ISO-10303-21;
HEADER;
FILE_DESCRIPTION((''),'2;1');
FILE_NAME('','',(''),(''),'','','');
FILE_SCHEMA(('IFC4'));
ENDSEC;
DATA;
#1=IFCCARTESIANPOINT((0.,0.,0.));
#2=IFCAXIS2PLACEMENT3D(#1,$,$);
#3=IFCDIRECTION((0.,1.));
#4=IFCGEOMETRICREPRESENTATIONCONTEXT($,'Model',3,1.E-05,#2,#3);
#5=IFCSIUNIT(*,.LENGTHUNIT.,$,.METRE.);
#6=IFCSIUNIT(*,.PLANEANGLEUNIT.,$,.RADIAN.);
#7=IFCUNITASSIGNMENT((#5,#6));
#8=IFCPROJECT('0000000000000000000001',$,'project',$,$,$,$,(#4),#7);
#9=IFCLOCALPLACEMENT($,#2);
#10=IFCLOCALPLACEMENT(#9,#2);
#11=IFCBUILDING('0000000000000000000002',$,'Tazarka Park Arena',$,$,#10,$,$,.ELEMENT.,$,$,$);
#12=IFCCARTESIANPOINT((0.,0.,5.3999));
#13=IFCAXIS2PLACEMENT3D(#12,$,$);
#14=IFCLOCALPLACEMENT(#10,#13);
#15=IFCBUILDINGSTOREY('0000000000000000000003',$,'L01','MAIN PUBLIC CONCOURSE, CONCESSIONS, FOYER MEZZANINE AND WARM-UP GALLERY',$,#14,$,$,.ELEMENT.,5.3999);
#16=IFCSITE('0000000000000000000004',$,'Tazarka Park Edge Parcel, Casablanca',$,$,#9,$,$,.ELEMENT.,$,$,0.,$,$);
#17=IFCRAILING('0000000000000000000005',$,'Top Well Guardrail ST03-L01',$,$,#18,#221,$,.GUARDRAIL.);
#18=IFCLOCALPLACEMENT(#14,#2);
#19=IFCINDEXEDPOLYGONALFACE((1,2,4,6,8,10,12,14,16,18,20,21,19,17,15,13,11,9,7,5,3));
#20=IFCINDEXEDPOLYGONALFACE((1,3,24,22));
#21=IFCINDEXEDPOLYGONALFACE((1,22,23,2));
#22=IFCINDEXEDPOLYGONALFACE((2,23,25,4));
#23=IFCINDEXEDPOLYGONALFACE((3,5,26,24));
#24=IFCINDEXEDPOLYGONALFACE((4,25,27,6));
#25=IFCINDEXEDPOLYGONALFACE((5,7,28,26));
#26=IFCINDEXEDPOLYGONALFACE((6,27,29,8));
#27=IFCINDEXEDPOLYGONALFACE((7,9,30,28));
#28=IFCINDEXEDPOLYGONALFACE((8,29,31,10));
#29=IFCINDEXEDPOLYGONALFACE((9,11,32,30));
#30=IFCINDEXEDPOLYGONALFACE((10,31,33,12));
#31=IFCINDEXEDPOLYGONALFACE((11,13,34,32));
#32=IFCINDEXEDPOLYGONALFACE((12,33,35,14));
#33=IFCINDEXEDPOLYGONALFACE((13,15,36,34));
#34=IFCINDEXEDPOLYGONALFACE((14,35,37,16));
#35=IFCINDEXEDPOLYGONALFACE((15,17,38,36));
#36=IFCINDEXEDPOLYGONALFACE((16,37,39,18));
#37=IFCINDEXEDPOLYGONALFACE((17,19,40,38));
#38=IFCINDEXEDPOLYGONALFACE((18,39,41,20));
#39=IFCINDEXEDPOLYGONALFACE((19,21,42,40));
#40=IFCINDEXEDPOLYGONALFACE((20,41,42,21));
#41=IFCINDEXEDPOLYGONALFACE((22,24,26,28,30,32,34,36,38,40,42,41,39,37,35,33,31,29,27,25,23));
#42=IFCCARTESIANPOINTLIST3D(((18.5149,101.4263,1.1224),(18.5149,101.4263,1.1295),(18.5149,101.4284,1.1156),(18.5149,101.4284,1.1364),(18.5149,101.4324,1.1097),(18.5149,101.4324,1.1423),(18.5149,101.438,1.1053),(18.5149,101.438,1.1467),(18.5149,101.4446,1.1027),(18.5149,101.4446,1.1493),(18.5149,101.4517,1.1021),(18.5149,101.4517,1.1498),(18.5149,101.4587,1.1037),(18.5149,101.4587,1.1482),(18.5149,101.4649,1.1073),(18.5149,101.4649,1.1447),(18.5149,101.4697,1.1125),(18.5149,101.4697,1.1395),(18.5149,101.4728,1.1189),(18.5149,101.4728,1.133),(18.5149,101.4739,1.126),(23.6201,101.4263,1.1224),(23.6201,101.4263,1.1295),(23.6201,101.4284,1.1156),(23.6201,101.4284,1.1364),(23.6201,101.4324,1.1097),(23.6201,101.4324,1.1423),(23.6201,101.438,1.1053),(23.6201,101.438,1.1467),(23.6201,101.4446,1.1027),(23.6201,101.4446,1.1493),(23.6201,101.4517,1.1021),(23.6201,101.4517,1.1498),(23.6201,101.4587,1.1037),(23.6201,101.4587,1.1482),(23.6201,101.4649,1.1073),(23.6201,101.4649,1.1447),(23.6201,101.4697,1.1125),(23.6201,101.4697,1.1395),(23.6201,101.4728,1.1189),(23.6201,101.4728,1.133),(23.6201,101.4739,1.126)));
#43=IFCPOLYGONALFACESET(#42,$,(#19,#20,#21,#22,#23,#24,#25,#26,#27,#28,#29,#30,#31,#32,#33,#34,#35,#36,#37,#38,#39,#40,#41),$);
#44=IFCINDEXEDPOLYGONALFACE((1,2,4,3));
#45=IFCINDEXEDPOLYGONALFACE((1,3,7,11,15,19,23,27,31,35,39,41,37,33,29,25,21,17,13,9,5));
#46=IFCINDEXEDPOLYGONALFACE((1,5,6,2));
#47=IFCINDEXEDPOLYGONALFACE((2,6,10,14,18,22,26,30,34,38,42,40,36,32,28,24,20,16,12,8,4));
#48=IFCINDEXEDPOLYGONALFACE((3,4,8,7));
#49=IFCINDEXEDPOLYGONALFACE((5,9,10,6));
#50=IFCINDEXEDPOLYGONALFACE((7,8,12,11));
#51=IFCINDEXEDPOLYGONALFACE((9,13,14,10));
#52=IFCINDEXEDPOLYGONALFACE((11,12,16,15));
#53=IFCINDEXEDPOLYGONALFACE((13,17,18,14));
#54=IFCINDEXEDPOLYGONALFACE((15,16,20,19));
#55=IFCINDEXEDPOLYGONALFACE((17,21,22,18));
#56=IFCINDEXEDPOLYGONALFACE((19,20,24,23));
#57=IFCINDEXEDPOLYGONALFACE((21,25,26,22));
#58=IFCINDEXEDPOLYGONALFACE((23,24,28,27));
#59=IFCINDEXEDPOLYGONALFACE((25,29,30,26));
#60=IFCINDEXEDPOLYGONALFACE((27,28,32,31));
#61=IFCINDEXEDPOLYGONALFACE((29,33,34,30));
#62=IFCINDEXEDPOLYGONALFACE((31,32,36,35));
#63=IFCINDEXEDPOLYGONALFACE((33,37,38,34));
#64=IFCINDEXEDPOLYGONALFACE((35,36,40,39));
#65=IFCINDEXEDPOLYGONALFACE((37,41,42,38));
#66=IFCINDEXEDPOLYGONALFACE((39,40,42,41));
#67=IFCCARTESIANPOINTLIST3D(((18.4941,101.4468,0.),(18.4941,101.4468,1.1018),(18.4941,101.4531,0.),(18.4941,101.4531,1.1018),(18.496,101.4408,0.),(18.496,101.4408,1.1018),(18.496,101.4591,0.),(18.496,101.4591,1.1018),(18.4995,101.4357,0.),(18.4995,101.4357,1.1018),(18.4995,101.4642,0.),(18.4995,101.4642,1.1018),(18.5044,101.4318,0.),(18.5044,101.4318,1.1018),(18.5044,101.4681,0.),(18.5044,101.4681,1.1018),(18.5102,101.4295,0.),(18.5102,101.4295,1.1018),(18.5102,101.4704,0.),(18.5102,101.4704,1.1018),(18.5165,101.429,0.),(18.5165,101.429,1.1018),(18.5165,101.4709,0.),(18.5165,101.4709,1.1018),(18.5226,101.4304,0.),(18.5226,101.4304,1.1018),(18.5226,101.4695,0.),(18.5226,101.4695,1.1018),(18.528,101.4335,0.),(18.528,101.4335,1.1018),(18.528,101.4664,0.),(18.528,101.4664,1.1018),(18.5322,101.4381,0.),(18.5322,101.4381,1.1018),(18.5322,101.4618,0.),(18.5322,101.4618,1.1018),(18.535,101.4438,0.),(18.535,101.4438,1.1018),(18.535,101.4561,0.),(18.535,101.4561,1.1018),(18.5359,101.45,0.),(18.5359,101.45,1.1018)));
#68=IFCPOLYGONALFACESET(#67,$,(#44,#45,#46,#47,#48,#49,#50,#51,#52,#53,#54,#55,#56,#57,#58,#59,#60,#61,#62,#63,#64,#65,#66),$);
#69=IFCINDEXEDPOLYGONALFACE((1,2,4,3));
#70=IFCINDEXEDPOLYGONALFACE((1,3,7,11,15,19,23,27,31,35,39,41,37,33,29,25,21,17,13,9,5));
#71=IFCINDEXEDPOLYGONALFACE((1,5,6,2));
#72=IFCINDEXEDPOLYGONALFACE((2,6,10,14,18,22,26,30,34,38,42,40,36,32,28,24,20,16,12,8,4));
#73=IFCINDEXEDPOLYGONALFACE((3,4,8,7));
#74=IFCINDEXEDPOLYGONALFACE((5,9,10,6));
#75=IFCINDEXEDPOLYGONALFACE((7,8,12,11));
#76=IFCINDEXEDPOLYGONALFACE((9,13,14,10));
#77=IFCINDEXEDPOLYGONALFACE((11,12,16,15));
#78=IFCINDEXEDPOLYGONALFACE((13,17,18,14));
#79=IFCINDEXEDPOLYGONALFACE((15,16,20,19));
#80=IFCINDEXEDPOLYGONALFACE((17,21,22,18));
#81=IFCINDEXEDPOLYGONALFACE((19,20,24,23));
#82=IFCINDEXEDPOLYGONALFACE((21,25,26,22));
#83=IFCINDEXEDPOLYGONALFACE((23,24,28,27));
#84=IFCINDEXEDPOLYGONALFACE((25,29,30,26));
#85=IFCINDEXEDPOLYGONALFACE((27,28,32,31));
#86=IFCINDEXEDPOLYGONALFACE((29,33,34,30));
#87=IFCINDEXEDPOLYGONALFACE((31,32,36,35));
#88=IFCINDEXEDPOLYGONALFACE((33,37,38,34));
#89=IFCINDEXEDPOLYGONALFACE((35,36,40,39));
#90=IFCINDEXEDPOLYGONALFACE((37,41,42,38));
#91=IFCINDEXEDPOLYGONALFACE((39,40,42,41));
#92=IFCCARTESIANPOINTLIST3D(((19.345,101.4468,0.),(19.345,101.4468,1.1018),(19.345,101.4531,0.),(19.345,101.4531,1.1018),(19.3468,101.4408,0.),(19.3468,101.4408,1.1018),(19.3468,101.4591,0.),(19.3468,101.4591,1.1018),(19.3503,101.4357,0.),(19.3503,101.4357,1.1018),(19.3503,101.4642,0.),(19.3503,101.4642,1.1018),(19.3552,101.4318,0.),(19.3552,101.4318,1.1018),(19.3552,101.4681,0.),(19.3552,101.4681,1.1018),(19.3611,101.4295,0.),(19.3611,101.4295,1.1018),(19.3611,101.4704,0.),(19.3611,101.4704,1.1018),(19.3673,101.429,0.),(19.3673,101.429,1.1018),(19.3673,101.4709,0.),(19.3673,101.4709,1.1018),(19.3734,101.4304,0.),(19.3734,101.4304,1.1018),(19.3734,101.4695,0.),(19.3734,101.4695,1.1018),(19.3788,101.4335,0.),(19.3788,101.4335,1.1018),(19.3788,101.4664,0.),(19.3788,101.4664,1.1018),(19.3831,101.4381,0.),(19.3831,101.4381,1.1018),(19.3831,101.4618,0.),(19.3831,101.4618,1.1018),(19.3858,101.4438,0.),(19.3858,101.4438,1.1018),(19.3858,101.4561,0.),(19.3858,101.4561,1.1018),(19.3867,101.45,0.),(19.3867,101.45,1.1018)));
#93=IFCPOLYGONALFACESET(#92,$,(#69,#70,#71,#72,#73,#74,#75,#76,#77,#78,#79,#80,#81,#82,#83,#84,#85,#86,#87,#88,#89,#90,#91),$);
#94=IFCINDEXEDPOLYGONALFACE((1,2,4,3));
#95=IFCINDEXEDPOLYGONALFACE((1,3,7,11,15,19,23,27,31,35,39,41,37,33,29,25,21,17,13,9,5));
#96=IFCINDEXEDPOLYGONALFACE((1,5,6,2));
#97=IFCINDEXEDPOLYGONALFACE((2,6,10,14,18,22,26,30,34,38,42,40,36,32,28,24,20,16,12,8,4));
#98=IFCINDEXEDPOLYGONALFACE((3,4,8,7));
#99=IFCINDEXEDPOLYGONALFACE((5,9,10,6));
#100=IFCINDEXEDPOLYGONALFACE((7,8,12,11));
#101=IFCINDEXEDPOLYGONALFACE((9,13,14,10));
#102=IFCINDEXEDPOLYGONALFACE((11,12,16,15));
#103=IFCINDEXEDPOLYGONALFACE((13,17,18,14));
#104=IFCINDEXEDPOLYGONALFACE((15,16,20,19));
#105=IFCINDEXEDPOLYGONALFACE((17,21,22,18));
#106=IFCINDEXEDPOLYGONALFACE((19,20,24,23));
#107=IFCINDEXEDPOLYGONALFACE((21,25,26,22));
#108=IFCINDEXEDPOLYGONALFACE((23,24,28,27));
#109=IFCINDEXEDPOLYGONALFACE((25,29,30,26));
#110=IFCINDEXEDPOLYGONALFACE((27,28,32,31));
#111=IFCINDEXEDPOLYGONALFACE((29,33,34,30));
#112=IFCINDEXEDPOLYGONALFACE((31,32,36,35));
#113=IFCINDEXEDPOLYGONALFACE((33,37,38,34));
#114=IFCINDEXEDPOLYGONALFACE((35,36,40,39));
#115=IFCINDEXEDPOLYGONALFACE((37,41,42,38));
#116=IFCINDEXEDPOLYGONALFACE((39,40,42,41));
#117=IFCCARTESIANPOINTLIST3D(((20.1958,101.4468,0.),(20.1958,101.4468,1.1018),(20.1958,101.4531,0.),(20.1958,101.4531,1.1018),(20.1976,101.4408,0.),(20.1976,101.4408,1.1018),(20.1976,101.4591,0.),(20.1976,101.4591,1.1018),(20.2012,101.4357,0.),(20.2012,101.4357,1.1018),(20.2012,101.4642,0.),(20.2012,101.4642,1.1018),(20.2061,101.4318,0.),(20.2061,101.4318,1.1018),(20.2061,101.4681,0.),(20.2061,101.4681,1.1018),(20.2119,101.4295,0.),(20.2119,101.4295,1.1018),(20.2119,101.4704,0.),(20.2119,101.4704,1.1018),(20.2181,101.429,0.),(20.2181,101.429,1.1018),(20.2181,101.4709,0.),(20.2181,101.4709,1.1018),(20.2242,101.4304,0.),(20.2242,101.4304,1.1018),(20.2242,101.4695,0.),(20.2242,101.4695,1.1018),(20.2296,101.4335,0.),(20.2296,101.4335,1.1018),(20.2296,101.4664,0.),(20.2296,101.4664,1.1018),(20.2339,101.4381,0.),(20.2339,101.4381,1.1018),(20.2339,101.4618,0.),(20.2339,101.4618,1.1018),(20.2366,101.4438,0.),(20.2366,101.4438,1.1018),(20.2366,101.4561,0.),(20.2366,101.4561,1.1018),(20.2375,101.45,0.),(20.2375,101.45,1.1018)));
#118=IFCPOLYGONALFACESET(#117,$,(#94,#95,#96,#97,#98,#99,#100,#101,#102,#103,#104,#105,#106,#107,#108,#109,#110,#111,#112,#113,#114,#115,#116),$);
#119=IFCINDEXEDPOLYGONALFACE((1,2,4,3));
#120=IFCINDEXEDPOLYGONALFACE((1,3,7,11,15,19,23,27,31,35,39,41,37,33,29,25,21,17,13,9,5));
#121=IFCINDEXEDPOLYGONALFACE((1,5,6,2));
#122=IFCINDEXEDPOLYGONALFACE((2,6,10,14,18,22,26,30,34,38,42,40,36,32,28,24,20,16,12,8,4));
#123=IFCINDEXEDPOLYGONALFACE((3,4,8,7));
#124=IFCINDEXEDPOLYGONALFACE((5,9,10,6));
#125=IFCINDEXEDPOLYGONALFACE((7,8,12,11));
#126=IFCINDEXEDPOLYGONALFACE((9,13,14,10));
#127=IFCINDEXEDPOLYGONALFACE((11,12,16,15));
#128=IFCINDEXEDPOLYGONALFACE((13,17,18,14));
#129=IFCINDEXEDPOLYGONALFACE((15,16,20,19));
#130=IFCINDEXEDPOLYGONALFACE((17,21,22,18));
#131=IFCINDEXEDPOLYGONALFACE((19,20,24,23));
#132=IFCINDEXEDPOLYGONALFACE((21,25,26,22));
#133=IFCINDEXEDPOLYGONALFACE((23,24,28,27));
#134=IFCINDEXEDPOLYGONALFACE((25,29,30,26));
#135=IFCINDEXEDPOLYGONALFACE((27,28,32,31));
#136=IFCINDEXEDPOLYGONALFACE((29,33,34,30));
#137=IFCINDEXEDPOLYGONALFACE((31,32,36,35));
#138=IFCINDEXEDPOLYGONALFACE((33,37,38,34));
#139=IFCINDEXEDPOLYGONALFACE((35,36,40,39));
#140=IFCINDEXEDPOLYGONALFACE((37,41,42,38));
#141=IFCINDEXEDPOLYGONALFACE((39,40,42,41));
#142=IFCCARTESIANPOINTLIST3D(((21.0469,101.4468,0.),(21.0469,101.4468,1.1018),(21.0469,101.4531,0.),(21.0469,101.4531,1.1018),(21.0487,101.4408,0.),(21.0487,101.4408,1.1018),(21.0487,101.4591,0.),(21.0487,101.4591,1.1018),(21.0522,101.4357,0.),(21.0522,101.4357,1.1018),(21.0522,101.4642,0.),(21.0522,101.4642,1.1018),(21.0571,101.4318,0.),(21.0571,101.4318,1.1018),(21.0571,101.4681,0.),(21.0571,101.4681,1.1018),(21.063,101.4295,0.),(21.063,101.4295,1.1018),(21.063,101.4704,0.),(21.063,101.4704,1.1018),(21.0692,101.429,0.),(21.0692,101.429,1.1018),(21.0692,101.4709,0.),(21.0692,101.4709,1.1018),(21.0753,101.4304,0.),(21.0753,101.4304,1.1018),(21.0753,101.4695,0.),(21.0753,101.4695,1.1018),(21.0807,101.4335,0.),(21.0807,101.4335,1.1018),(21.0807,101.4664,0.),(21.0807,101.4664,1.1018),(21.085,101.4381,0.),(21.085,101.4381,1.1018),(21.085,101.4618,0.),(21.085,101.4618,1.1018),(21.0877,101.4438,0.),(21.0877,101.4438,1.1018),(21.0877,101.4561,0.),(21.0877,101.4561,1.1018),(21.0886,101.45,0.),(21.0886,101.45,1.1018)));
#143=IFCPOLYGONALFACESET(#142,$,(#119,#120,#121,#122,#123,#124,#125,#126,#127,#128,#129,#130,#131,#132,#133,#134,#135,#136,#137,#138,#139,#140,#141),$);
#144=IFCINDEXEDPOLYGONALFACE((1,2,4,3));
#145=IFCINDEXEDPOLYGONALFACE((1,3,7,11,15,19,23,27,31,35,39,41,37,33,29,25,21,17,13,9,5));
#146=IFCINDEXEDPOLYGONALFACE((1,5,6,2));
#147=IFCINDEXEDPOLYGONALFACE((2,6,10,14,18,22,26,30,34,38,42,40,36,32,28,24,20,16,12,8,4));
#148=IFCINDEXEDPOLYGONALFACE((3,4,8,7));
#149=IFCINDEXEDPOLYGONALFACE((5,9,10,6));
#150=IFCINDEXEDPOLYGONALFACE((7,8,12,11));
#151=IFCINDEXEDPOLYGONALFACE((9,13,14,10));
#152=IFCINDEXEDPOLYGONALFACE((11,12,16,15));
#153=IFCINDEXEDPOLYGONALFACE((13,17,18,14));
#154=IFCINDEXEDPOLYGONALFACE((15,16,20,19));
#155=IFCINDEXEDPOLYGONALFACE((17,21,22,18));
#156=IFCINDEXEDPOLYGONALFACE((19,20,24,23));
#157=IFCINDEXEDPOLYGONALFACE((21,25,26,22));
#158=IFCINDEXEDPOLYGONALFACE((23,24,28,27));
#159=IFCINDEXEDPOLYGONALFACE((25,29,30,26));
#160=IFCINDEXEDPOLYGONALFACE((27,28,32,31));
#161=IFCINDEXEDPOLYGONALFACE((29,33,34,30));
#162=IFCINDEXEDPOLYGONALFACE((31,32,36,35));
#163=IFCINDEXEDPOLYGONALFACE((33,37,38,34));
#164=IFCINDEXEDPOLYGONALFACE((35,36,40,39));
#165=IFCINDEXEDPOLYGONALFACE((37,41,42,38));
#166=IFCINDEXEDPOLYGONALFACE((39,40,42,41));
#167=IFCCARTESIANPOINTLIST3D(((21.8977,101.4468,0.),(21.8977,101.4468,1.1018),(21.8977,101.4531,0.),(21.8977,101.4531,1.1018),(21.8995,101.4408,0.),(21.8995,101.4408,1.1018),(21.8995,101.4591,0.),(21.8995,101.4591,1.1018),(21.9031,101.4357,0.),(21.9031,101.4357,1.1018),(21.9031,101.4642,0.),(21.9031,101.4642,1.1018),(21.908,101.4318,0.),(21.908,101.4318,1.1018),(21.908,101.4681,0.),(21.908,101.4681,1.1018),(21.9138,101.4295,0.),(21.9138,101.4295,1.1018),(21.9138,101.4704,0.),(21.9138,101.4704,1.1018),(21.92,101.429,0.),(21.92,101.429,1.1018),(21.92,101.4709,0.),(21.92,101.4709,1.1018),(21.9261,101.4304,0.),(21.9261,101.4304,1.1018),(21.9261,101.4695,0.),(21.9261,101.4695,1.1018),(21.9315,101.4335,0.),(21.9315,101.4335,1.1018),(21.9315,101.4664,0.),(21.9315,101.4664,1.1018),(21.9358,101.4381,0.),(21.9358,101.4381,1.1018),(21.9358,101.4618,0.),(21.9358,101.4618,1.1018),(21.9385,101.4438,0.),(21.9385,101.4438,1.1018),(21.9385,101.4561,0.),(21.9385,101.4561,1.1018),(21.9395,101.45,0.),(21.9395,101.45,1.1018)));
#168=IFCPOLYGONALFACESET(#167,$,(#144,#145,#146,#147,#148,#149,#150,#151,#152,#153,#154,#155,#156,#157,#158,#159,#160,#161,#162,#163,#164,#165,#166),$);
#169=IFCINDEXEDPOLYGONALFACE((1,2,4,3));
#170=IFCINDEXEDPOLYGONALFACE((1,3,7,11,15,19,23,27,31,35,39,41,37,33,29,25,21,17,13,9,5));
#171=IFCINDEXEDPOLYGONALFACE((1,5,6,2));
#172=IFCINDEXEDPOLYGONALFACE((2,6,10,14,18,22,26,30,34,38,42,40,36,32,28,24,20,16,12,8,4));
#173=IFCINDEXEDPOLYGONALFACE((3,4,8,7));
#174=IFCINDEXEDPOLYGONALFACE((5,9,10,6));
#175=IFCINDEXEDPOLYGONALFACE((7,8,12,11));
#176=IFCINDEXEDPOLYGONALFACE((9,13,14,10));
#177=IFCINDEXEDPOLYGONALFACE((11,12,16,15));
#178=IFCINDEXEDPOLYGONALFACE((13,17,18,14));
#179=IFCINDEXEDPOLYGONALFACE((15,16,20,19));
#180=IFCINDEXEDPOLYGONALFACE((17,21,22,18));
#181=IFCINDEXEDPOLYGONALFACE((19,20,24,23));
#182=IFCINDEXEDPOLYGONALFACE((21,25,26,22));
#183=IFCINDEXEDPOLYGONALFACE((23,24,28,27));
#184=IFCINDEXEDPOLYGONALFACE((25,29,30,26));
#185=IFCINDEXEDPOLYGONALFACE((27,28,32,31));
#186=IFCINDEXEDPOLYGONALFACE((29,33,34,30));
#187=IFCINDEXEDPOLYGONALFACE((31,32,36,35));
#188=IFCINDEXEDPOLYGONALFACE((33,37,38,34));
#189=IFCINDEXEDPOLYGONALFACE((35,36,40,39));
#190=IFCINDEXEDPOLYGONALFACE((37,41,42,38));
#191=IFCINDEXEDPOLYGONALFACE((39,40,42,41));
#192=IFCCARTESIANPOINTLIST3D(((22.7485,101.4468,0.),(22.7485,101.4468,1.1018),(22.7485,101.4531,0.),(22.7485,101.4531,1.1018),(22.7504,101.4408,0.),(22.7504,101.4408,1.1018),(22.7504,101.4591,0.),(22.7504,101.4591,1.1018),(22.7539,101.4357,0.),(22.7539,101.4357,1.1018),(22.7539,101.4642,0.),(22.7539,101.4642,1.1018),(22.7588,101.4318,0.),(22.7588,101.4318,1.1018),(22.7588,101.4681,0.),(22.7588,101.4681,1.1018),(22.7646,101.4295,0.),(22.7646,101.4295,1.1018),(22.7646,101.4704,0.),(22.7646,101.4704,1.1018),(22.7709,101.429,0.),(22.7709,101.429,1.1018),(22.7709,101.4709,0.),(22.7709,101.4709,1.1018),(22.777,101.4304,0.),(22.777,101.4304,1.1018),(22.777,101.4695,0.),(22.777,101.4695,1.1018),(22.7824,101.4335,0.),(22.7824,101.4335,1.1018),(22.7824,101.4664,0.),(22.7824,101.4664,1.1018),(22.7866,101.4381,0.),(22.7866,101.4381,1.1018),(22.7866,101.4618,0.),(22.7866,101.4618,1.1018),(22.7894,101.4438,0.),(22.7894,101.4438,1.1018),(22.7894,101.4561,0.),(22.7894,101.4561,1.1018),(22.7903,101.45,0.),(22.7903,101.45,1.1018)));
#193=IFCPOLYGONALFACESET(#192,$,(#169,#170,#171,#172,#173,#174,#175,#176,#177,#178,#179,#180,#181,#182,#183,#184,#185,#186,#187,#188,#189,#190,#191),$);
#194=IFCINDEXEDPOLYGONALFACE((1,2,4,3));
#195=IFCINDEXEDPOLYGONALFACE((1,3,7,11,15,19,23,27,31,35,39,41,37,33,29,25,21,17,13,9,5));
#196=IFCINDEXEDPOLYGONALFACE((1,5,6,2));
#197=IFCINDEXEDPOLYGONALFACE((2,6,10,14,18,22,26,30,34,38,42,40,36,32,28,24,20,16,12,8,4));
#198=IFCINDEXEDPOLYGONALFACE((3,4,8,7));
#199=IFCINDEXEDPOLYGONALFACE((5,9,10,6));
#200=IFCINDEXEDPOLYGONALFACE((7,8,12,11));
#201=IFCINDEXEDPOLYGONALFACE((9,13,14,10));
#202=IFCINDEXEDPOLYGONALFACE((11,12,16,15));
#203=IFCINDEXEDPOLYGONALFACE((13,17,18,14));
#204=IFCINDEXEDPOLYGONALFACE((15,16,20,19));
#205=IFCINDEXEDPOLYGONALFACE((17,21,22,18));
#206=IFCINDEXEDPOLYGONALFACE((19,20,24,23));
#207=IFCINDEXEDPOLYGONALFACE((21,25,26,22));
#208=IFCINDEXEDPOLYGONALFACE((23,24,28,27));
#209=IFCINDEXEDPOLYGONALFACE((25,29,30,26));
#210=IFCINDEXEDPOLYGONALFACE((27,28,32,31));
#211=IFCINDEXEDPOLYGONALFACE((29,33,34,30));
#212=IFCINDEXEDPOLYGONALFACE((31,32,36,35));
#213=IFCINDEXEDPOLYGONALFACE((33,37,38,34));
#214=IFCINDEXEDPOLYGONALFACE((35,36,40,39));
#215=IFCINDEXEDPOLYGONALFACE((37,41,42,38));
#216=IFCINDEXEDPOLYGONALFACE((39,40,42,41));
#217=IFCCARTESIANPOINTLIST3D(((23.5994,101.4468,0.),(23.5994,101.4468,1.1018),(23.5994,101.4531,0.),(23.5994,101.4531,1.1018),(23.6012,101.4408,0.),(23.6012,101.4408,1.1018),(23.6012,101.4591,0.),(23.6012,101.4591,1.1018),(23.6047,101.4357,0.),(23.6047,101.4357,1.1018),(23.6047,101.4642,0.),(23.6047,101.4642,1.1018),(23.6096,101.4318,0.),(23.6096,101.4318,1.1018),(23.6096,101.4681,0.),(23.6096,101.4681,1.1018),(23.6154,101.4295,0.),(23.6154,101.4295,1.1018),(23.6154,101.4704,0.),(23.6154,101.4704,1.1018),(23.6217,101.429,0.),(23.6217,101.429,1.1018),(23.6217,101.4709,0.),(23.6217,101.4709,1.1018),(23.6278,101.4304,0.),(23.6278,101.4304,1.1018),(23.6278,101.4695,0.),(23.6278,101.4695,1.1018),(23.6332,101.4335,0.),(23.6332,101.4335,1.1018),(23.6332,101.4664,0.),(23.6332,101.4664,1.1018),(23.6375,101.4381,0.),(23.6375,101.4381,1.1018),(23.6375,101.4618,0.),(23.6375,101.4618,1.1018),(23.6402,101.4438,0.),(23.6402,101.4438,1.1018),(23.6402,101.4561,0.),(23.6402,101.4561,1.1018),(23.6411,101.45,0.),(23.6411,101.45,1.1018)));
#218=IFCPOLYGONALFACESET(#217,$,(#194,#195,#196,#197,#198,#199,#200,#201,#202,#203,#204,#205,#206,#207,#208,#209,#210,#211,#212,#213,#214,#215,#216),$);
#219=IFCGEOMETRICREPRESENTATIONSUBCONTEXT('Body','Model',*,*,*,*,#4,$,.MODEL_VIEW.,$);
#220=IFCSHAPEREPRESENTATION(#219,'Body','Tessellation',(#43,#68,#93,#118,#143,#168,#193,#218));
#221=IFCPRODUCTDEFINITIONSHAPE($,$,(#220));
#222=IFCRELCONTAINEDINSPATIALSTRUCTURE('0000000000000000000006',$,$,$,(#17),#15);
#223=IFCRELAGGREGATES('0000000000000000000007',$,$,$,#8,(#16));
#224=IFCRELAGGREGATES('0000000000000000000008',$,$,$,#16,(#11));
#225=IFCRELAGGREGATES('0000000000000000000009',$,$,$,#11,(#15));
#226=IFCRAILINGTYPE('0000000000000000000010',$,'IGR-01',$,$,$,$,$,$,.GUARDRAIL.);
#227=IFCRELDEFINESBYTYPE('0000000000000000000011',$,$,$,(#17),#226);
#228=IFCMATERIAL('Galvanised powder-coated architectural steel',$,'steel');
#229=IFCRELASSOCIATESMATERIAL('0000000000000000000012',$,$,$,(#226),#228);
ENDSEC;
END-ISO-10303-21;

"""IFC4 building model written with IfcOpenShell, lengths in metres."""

from ifc_helpers import new_model, si_unit, direction, frame, origin, origin_2d, place, context, subcontext, project, spatial, circle, extrude, material, type_object, element, save


model = new_model("IFC4")

# Units and contexts
model_context = context("Model", 3, precision=1e-05, world=origin(), true_north=direction((0.0, 1.0)))
body_context = subcontext(model_context, "Body", "Model", "MODEL_VIEW")
ifc_project = project(units=[si_unit("LENGTHUNIT", "METRE"), si_unit("PLANEANGLEUNIT", "RADIAN")], contexts=[model_context])

# Site, building, storey
site_placement = place(None, origin())
site = spatial("IfcSite", under=ifc_project, at=site_placement, Name="Tazarka Park Edge Parcel, Casablanca", CompositionType="ELEMENT", RefElevation=0.0)
building_placement = place(site_placement, origin())
building = spatial("IfcBuilding", under=site, at=building_placement, Name="Tazarka Park Arena", CompositionType="ELEMENT")
storey_placement = place(building_placement, frame((0.0, 0.0, 5.3999)))
storey = spatial("IfcBuildingStorey", under=building, at=storey_placement, Name="L01", Description="MAIN PUBLIC CONCOURSE, CONCESSIONS, FOYER MEZZANINE AND WARM-UP GALLERY", CompositionType="ELEMENT", Elevation=5.3999)

# Railing
ifc_material_1 = material(Name="Galvanised powder-coated architectural steel", Category="steel")
railing_type = type_object("IfcRailingType", Name="IGR-01", PredefinedType="GUARDRAIL", material=ifc_material_1)
railing_placement = place(storey_placement, frame((18.5149, 101.45, 0.0)))
element("IfcRailing", 1, at=railing_placement, inside=storey, type_object=railing_type, Name="Top Well Guardrail ST03-L01", PredefinedType="GUARDRAIL", context=body_context, shape_type="SweptSolid", body=[
    extrude(circle(Radius=0.0239, at=origin_2d()), frame((0.0, 0.0, 1.126), z_axis=(1.0, 0.0, 0.0), x_axis=(0.0, 1.0, 0.0)), (0.0, 0.0, 1.0), 5.1052),
    extrude(circle(Radius=0.021, at=origin_2d()), origin(), (0.0, 0.0, 1.0), 1.1018),
    extrude(circle(Radius=0.021, at=origin_2d()), frame((0.8508, 0.0, 0.0)), (0.0, 0.0, 1.0), 1.1018),
    extrude(circle(Radius=0.021, at=origin_2d()), frame((1.7017, 0.0, 0.0)), (0.0, 0.0, 1.0), 1.1018),
    extrude(circle(Radius=0.021, at=origin_2d()), frame((2.5527, 0.0, 0.0)), (0.0, 0.0, 1.0), 1.1018),
    extrude(circle(Radius=0.021, at=origin_2d()), frame((3.4036, 0.0, 0.0)), (0.0, 0.0, 1.0), 1.1018),
    extrude(circle(Radius=0.021, at=origin_2d()), frame((4.2544, 0.0, 0.0)), (0.0, 0.0, 1.0), 1.1018),
    extrude(circle(Radius=0.021, at=origin_2d()), frame((5.1052, 0.0, 0.0)), (0.0, 0.0, 1.0), 1.1018),
])

save(model, "model.ifc")
